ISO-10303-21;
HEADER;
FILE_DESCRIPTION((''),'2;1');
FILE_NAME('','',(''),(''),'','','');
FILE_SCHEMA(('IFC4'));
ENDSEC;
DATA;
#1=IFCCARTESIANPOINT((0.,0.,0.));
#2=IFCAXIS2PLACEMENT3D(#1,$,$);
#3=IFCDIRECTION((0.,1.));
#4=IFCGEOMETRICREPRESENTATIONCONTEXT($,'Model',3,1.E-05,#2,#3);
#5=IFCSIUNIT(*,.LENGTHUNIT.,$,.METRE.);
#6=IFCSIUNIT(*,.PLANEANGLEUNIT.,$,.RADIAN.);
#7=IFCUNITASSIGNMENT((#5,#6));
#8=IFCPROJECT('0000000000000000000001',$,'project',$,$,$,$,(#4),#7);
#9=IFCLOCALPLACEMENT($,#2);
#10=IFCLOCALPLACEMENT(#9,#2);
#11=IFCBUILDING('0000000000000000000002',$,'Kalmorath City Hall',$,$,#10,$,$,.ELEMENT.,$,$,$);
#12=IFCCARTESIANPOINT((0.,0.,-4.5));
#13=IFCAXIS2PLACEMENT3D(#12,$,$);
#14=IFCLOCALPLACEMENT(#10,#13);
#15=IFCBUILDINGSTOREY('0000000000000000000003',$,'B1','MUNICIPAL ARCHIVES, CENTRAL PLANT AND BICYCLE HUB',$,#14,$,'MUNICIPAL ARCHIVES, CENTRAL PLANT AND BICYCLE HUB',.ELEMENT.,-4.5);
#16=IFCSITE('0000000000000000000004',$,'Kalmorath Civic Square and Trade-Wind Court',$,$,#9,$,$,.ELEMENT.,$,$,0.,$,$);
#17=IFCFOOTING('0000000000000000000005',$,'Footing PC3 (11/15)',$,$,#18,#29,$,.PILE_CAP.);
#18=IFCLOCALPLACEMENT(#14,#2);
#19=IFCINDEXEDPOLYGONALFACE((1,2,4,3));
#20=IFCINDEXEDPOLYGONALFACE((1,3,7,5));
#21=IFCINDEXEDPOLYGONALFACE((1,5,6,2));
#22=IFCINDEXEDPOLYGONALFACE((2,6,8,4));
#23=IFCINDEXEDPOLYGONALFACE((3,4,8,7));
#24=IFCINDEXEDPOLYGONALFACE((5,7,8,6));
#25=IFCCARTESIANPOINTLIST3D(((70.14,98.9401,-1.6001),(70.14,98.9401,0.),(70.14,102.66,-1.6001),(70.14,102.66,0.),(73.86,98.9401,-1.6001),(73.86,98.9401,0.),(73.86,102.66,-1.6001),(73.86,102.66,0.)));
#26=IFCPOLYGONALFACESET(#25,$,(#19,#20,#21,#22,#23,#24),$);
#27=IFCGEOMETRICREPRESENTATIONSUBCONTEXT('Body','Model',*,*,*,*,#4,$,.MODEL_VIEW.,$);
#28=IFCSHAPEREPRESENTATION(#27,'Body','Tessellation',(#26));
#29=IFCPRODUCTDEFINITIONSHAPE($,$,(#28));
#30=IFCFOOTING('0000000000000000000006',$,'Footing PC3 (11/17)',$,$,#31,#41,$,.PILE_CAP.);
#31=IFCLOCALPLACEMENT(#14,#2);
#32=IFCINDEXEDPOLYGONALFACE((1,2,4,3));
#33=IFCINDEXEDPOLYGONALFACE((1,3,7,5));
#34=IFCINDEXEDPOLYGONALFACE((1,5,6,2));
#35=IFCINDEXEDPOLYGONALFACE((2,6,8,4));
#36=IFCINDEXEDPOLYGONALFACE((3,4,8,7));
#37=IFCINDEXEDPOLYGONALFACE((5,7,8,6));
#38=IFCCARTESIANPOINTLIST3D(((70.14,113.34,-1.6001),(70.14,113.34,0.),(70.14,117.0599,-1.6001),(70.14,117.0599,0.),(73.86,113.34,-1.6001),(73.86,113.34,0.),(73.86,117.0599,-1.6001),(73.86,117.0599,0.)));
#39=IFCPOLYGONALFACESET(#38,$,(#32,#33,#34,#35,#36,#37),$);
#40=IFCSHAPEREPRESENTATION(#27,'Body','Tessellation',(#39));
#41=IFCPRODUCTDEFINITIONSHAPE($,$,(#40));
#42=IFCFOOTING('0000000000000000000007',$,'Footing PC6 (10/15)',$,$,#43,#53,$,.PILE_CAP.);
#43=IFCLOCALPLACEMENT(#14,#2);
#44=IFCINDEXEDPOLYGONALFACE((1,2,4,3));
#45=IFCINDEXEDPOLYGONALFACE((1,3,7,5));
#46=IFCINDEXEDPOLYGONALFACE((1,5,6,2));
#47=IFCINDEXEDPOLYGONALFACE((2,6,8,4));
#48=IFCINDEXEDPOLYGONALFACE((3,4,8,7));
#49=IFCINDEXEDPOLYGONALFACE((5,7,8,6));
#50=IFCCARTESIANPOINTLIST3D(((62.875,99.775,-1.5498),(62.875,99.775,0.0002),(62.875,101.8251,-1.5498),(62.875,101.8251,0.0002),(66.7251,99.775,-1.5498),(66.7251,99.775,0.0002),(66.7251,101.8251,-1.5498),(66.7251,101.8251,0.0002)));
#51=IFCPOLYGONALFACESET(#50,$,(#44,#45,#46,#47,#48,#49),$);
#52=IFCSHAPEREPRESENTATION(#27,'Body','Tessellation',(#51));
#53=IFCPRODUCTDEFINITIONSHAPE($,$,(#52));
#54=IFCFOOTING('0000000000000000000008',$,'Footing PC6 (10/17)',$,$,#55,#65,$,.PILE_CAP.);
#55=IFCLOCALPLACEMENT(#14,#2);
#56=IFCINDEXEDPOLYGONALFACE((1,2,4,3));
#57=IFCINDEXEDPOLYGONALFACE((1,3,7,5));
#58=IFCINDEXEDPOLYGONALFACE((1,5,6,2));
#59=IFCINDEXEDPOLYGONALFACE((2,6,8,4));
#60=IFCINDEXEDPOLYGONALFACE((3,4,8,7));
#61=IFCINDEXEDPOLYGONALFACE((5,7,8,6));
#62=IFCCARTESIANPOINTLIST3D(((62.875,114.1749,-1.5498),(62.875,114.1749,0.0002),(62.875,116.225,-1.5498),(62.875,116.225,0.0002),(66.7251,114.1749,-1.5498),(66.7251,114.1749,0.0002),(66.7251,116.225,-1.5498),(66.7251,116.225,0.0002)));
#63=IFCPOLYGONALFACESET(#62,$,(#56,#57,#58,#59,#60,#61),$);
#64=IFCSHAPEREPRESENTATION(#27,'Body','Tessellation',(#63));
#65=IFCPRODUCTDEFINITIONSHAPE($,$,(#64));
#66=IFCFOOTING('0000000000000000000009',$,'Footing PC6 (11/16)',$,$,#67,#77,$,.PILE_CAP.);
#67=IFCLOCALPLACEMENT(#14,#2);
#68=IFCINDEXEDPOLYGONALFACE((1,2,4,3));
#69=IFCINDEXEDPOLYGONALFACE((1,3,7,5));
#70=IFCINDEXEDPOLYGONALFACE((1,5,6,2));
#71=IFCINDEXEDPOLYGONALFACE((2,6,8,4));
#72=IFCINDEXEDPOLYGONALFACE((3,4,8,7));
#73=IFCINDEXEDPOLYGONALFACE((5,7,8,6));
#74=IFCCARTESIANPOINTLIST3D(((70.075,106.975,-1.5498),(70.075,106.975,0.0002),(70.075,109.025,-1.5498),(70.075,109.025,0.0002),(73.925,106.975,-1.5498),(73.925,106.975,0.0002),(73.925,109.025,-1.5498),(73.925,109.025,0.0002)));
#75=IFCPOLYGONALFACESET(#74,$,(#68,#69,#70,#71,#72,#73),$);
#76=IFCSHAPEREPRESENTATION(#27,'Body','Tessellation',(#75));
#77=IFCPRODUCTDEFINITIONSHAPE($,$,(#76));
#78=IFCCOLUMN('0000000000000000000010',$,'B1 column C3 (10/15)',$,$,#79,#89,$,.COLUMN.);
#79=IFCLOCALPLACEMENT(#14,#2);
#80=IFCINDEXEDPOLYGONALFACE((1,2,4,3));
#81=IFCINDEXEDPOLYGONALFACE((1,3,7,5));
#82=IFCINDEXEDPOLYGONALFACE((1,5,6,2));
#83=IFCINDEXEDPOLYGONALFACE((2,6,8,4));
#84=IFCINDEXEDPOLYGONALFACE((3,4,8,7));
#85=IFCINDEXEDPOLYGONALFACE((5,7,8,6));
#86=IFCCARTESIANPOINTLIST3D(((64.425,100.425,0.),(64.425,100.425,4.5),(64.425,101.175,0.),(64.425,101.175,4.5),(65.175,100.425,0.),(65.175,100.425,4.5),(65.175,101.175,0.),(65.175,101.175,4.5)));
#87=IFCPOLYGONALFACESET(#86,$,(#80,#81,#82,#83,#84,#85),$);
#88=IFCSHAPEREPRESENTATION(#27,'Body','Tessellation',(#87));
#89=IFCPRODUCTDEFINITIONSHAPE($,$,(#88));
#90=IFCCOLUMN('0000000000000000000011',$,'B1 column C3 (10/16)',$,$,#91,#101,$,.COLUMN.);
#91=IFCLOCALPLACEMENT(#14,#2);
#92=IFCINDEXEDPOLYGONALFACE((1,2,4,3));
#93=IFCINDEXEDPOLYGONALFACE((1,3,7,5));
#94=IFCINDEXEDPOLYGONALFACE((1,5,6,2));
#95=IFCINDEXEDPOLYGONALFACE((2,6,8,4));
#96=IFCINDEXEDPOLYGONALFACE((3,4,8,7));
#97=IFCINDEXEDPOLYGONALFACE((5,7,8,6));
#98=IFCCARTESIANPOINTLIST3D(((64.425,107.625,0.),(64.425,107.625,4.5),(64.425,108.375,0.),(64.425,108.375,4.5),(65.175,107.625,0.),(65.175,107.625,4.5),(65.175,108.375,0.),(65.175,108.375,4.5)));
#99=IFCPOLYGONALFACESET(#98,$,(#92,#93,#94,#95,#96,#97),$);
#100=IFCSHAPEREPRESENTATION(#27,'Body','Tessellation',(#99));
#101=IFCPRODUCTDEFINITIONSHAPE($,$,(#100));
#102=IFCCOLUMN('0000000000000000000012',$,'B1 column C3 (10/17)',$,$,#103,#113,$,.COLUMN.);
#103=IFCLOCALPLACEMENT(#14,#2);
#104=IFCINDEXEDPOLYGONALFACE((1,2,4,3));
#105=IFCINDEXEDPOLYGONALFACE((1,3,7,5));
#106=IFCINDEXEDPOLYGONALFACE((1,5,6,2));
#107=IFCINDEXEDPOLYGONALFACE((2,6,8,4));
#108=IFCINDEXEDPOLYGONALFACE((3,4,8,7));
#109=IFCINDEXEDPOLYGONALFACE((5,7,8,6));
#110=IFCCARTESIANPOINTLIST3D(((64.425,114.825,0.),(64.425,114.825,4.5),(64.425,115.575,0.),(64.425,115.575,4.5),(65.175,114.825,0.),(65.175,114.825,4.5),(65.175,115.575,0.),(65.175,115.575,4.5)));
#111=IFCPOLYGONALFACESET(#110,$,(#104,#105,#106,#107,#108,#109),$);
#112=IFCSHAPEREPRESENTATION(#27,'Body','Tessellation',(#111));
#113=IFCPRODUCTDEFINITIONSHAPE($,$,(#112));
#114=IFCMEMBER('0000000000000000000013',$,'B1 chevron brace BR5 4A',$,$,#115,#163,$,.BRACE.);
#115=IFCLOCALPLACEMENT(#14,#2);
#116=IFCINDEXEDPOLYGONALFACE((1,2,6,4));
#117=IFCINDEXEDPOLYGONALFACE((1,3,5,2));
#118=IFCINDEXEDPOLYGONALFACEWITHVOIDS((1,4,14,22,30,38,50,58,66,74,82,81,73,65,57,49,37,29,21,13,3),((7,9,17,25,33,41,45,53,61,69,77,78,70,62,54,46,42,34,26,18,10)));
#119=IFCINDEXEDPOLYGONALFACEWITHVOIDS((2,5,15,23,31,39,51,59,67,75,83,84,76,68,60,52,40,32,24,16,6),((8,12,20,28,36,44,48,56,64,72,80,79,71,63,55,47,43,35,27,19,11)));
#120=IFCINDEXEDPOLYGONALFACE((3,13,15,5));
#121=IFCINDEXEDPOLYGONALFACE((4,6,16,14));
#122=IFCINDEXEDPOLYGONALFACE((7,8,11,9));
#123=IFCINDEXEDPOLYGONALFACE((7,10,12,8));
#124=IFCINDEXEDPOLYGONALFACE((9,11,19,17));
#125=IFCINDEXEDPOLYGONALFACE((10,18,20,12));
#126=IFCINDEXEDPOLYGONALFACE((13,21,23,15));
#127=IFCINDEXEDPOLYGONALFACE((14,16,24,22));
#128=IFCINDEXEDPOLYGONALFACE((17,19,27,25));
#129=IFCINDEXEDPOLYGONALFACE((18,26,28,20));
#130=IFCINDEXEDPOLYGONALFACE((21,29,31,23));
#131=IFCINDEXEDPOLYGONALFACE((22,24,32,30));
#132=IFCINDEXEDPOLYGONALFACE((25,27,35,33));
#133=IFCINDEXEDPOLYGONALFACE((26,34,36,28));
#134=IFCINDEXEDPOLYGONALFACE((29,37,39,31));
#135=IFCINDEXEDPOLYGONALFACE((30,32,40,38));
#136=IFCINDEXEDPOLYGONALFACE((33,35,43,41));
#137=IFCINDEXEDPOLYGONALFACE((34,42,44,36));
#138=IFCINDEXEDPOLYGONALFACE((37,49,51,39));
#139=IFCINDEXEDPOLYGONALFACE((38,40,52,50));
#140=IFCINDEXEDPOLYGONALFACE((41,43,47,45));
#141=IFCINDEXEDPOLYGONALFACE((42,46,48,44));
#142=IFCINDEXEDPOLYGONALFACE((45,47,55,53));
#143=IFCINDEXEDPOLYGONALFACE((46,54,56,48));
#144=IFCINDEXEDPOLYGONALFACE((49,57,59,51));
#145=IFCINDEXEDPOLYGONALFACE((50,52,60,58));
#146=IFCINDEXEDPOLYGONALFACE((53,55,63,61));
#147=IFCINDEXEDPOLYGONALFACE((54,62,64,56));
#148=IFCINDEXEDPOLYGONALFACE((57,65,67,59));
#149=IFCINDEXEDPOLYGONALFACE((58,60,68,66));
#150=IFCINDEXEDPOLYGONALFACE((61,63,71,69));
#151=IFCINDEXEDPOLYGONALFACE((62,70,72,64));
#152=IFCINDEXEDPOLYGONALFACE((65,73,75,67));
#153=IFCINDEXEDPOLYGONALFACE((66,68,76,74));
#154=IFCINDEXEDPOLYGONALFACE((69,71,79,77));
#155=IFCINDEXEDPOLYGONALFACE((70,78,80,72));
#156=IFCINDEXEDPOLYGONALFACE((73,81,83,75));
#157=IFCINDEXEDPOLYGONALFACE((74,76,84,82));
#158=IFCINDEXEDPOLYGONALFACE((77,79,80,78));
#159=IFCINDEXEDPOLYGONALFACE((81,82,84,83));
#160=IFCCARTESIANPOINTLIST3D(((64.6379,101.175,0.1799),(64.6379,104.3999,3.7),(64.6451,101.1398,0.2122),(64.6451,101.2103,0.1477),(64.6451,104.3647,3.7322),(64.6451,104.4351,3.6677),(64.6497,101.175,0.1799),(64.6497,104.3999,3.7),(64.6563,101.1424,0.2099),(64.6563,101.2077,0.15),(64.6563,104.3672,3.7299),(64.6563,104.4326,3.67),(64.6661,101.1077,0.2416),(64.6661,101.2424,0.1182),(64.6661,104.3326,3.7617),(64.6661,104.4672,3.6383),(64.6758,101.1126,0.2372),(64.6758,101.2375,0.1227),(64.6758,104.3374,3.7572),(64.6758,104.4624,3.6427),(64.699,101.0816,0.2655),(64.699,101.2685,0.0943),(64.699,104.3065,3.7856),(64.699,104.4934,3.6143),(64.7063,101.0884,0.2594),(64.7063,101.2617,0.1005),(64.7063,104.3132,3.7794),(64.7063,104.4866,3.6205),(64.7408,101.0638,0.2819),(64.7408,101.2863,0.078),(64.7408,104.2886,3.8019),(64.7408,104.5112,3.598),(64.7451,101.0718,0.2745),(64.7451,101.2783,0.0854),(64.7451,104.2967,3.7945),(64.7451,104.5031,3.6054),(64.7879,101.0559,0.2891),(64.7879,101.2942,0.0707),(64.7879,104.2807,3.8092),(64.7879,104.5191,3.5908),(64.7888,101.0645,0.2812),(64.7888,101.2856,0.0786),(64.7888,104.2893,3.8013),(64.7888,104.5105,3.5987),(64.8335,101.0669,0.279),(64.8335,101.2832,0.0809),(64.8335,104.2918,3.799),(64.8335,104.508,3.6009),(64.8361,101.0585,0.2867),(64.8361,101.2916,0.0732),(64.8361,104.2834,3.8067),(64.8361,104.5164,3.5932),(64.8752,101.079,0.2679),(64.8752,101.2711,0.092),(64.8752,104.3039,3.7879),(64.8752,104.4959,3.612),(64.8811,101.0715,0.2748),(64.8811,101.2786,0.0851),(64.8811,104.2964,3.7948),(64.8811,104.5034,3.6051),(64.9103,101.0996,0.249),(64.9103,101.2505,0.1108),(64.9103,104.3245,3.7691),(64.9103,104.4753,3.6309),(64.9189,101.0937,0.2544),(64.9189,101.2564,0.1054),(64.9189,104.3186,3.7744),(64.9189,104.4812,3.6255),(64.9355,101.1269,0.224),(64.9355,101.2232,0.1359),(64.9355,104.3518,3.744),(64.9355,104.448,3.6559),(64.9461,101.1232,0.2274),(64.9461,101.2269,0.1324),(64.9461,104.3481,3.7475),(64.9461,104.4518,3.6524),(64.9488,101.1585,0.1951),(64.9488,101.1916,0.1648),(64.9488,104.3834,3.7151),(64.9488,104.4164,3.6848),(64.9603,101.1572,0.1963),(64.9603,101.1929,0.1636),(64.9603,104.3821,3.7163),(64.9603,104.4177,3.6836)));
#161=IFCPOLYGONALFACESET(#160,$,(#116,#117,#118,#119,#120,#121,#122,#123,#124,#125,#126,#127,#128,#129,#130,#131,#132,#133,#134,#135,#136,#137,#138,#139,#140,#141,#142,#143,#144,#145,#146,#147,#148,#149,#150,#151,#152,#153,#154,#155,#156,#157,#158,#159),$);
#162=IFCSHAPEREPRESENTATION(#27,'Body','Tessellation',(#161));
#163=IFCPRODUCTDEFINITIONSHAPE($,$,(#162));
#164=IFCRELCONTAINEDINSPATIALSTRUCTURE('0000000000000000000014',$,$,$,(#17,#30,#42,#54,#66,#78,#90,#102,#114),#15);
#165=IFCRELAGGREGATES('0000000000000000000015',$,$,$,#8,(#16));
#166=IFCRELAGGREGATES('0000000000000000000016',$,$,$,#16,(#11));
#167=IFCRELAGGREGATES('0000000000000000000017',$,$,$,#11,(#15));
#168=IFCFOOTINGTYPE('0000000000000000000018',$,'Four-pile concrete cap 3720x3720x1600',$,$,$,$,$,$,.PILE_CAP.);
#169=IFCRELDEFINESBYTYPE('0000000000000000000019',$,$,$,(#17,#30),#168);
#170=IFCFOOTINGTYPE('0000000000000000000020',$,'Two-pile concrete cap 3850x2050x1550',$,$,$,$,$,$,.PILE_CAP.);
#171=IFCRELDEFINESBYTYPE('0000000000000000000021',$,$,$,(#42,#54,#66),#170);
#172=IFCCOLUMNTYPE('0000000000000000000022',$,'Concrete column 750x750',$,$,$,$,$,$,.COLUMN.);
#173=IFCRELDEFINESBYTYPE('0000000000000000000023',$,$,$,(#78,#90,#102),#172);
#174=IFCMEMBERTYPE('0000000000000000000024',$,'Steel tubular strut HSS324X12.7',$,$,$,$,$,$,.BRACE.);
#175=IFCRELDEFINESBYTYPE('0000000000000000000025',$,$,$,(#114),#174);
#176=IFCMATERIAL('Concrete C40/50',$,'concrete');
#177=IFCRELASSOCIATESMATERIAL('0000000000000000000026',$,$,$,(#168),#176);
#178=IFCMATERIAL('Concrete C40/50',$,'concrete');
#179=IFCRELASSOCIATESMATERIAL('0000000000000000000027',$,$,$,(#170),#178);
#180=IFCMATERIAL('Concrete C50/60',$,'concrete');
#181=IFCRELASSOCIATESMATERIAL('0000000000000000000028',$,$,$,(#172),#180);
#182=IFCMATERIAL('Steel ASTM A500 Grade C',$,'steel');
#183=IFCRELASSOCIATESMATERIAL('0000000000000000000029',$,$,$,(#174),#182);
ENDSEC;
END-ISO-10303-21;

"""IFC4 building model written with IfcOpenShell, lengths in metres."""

from ifc_helpers import new_model, si_unit, direction, frame, origin, origin_2d, place, context, subcontext, project, spatial, rectangle, hollow_circle, extrude, material, material_profile, profile_set, type_object, element, save


model = new_model("IFC4")

# Units and contexts
model_context = context("Model", 3, precision=1e-05, world=origin(), true_north=direction((0.0, 1.0)))
body_context = subcontext(model_context, "Body", "Model", "MODEL_VIEW")
ifc_project = project(units=[si_unit("LENGTHUNIT", "METRE"), si_unit("PLANEANGLEUNIT", "RADIAN")], contexts=[model_context])

# Site, building, storey
site_placement = place(None, origin())
site = spatial("IfcSite", under=ifc_project, at=site_placement, Name="Kalmorath Civic Square and Trade-Wind Court", CompositionType="ELEMENT", RefElevation=0.0)
building_placement = place(site_placement, origin())
building = spatial("IfcBuilding", under=site, at=building_placement, Name="Kalmorath City Hall", CompositionType="ELEMENT")
storey_placement = place(building_placement, frame((0.0, 0.0, -4.5)))
storey = spatial("IfcBuildingStorey", under=building, at=storey_placement, Name="B1", Description="MUNICIPAL ARCHIVES, CENTRAL PLANT AND BICYCLE HUB", LongName="MUNICIPAL ARCHIVES, CENTRAL PLANT AND BICYCLE HUB", CompositionType="ELEMENT", Elevation=-4.5)

# Footings
ifc_material_1 = material(Name="Concrete C40/50", Category="concrete")
footing_type_1 = type_object("IfcFootingType", Name="Four-pile concrete cap 3720x3720x1600", PredefinedType="PILE_CAP", material=ifc_material_1)
for number, where, z_axis, x_axis, name in (
    (1, (72.0, 100.8, -1.6001), (0.0, 0.0, 1.0), (1.0, 0.0, 0.0), "Footing PC3 (11/15)"),
    (2, (72.0, 115.2, -1.6001), (0.0, 0.0, 1.0), (1.0, 0.0, 0.0), "Footing PC3 (11/17)"),
):
    element("IfcFooting", number, at=place(storey_placement, frame(where, z_axis=z_axis, x_axis=x_axis)), inside=storey, type_object=footing_type_1, Name=name, PredefinedType="PILE_CAP", context=body_context, shape_type="SweptSolid", body=[
        extrude(rectangle(XDim=3.72, YDim=3.72, at=origin_2d()), origin(), (0.0, 0.0, 1.0), 1.6001),
    ])
ifc_material_2 = material(Name="Concrete C40/50", Category="concrete")
footing_type_2 = type_object("IfcFootingType", Name="Two-pile concrete cap 3850x2050x1550", PredefinedType="PILE_CAP", material=ifc_material_2)
for number, where, z_axis, x_axis, name in (
    (3, (64.8, 100.8, -1.5498), (0.0, 0.0, 1.0), (1.0, 0.0, 0.0), "Footing PC6 (10/15)"),
    (4, (64.8, 115.2, -1.5498), (0.0, 0.0, 1.0), (1.0, 0.0, 0.0), "Footing PC6 (10/17)"),
    (5, (72.0, 108.0, -1.5498), (0.0, 0.0, 1.0), (1.0, 0.0, 0.0), "Footing PC6 (11/16)"),
):
    element("IfcFooting", number, at=place(storey_placement, frame(where, z_axis=z_axis, x_axis=x_axis)), inside=storey, type_object=footing_type_2, Name=name, PredefinedType="PILE_CAP", context=body_context, shape_type="SweptSolid", body=[
        extrude(rectangle(XDim=3.8501, YDim=2.05, at=origin_2d()), origin(), (0.0, 0.0, 1.0), 1.55),
    ])

# Columns
ifc_material_3 = material(Name="Concrete C50/60", Category="concrete")
ifc_material_profile_1 = material_profile(ifc_material_3, rectangle(XDim=0.75, YDim=0.75, at=origin_2d()), Name="RC-COL-750X750")
ifc_profile_set_1 = profile_set([ifc_material_profile_1], Name="Concrete C50/60")
column_type = type_object("IfcColumnType", Name="Concrete column 750x750", PredefinedType="COLUMN", material=ifc_profile_set_1)
for number, where, z_axis, x_axis, name in (
    (6, (64.8, 100.8, 0.0), (0.0, 0.0, 1.0), (1.0, 0.0, 0.0), "B1 column C3 (10/15)"),
    (7, (64.8, 108.0, 0.0), (0.0, 0.0, 1.0), (1.0, 0.0, 0.0), "B1 column C3 (10/16)"),
    (8, (64.8, 115.2, 0.0), (0.0, 0.0, 1.0), (1.0, 0.0, 0.0), "B1 column C3 (10/17)"),
):
    element("IfcColumn", number, at=place(storey_placement, frame(where, z_axis=z_axis, x_axis=x_axis)), inside=storey, type_object=column_type, Name=name, PredefinedType="COLUMN", context=body_context, shape_type="SweptSolid", body=[
        extrude(rectangle(XDim=0.75, YDim=0.75, at=origin_2d()), origin(), (0.0, 0.0, 1.0), 4.5),
    ])

# Member
ifc_material_4 = material(Name="Steel ASTM A500 Grade C", Category="steel")
ifc_material_profile_2 = material_profile(ifc_material_4, hollow_circle(Radius=0.1621, WallThickness=0.0117, at=origin_2d()), Name="HSS324X12.7")
ifc_profile_set_2 = profile_set([ifc_material_profile_2], Name="Steel ASTM A500 Grade C")
member_type = type_object("IfcMemberType", Name="Steel tubular strut HSS324X12.7", PredefinedType="BRACE", material=ifc_profile_set_2)
member_1_placement = place(storey_placement, frame((64.8, 101.175, 0.1799), z_axis=(0.0, 0.675516, 0.737345), x_axis=(-1.0, 0.0, 0.0)))
element("IfcMember", 9, at=member_1_placement, inside=storey, type_object=member_type, Name="B1 chevron brace BR5 4A", PredefinedType="BRACE", context=body_context, shape_type="SweptSolid", body=[
    extrude(hollow_circle(Radius=0.1621, WallThickness=0.0117, at=origin_2d()), origin(), (0.0, 0.0, 1.0), 4.7739),
])

save(model, "model.ifc")
